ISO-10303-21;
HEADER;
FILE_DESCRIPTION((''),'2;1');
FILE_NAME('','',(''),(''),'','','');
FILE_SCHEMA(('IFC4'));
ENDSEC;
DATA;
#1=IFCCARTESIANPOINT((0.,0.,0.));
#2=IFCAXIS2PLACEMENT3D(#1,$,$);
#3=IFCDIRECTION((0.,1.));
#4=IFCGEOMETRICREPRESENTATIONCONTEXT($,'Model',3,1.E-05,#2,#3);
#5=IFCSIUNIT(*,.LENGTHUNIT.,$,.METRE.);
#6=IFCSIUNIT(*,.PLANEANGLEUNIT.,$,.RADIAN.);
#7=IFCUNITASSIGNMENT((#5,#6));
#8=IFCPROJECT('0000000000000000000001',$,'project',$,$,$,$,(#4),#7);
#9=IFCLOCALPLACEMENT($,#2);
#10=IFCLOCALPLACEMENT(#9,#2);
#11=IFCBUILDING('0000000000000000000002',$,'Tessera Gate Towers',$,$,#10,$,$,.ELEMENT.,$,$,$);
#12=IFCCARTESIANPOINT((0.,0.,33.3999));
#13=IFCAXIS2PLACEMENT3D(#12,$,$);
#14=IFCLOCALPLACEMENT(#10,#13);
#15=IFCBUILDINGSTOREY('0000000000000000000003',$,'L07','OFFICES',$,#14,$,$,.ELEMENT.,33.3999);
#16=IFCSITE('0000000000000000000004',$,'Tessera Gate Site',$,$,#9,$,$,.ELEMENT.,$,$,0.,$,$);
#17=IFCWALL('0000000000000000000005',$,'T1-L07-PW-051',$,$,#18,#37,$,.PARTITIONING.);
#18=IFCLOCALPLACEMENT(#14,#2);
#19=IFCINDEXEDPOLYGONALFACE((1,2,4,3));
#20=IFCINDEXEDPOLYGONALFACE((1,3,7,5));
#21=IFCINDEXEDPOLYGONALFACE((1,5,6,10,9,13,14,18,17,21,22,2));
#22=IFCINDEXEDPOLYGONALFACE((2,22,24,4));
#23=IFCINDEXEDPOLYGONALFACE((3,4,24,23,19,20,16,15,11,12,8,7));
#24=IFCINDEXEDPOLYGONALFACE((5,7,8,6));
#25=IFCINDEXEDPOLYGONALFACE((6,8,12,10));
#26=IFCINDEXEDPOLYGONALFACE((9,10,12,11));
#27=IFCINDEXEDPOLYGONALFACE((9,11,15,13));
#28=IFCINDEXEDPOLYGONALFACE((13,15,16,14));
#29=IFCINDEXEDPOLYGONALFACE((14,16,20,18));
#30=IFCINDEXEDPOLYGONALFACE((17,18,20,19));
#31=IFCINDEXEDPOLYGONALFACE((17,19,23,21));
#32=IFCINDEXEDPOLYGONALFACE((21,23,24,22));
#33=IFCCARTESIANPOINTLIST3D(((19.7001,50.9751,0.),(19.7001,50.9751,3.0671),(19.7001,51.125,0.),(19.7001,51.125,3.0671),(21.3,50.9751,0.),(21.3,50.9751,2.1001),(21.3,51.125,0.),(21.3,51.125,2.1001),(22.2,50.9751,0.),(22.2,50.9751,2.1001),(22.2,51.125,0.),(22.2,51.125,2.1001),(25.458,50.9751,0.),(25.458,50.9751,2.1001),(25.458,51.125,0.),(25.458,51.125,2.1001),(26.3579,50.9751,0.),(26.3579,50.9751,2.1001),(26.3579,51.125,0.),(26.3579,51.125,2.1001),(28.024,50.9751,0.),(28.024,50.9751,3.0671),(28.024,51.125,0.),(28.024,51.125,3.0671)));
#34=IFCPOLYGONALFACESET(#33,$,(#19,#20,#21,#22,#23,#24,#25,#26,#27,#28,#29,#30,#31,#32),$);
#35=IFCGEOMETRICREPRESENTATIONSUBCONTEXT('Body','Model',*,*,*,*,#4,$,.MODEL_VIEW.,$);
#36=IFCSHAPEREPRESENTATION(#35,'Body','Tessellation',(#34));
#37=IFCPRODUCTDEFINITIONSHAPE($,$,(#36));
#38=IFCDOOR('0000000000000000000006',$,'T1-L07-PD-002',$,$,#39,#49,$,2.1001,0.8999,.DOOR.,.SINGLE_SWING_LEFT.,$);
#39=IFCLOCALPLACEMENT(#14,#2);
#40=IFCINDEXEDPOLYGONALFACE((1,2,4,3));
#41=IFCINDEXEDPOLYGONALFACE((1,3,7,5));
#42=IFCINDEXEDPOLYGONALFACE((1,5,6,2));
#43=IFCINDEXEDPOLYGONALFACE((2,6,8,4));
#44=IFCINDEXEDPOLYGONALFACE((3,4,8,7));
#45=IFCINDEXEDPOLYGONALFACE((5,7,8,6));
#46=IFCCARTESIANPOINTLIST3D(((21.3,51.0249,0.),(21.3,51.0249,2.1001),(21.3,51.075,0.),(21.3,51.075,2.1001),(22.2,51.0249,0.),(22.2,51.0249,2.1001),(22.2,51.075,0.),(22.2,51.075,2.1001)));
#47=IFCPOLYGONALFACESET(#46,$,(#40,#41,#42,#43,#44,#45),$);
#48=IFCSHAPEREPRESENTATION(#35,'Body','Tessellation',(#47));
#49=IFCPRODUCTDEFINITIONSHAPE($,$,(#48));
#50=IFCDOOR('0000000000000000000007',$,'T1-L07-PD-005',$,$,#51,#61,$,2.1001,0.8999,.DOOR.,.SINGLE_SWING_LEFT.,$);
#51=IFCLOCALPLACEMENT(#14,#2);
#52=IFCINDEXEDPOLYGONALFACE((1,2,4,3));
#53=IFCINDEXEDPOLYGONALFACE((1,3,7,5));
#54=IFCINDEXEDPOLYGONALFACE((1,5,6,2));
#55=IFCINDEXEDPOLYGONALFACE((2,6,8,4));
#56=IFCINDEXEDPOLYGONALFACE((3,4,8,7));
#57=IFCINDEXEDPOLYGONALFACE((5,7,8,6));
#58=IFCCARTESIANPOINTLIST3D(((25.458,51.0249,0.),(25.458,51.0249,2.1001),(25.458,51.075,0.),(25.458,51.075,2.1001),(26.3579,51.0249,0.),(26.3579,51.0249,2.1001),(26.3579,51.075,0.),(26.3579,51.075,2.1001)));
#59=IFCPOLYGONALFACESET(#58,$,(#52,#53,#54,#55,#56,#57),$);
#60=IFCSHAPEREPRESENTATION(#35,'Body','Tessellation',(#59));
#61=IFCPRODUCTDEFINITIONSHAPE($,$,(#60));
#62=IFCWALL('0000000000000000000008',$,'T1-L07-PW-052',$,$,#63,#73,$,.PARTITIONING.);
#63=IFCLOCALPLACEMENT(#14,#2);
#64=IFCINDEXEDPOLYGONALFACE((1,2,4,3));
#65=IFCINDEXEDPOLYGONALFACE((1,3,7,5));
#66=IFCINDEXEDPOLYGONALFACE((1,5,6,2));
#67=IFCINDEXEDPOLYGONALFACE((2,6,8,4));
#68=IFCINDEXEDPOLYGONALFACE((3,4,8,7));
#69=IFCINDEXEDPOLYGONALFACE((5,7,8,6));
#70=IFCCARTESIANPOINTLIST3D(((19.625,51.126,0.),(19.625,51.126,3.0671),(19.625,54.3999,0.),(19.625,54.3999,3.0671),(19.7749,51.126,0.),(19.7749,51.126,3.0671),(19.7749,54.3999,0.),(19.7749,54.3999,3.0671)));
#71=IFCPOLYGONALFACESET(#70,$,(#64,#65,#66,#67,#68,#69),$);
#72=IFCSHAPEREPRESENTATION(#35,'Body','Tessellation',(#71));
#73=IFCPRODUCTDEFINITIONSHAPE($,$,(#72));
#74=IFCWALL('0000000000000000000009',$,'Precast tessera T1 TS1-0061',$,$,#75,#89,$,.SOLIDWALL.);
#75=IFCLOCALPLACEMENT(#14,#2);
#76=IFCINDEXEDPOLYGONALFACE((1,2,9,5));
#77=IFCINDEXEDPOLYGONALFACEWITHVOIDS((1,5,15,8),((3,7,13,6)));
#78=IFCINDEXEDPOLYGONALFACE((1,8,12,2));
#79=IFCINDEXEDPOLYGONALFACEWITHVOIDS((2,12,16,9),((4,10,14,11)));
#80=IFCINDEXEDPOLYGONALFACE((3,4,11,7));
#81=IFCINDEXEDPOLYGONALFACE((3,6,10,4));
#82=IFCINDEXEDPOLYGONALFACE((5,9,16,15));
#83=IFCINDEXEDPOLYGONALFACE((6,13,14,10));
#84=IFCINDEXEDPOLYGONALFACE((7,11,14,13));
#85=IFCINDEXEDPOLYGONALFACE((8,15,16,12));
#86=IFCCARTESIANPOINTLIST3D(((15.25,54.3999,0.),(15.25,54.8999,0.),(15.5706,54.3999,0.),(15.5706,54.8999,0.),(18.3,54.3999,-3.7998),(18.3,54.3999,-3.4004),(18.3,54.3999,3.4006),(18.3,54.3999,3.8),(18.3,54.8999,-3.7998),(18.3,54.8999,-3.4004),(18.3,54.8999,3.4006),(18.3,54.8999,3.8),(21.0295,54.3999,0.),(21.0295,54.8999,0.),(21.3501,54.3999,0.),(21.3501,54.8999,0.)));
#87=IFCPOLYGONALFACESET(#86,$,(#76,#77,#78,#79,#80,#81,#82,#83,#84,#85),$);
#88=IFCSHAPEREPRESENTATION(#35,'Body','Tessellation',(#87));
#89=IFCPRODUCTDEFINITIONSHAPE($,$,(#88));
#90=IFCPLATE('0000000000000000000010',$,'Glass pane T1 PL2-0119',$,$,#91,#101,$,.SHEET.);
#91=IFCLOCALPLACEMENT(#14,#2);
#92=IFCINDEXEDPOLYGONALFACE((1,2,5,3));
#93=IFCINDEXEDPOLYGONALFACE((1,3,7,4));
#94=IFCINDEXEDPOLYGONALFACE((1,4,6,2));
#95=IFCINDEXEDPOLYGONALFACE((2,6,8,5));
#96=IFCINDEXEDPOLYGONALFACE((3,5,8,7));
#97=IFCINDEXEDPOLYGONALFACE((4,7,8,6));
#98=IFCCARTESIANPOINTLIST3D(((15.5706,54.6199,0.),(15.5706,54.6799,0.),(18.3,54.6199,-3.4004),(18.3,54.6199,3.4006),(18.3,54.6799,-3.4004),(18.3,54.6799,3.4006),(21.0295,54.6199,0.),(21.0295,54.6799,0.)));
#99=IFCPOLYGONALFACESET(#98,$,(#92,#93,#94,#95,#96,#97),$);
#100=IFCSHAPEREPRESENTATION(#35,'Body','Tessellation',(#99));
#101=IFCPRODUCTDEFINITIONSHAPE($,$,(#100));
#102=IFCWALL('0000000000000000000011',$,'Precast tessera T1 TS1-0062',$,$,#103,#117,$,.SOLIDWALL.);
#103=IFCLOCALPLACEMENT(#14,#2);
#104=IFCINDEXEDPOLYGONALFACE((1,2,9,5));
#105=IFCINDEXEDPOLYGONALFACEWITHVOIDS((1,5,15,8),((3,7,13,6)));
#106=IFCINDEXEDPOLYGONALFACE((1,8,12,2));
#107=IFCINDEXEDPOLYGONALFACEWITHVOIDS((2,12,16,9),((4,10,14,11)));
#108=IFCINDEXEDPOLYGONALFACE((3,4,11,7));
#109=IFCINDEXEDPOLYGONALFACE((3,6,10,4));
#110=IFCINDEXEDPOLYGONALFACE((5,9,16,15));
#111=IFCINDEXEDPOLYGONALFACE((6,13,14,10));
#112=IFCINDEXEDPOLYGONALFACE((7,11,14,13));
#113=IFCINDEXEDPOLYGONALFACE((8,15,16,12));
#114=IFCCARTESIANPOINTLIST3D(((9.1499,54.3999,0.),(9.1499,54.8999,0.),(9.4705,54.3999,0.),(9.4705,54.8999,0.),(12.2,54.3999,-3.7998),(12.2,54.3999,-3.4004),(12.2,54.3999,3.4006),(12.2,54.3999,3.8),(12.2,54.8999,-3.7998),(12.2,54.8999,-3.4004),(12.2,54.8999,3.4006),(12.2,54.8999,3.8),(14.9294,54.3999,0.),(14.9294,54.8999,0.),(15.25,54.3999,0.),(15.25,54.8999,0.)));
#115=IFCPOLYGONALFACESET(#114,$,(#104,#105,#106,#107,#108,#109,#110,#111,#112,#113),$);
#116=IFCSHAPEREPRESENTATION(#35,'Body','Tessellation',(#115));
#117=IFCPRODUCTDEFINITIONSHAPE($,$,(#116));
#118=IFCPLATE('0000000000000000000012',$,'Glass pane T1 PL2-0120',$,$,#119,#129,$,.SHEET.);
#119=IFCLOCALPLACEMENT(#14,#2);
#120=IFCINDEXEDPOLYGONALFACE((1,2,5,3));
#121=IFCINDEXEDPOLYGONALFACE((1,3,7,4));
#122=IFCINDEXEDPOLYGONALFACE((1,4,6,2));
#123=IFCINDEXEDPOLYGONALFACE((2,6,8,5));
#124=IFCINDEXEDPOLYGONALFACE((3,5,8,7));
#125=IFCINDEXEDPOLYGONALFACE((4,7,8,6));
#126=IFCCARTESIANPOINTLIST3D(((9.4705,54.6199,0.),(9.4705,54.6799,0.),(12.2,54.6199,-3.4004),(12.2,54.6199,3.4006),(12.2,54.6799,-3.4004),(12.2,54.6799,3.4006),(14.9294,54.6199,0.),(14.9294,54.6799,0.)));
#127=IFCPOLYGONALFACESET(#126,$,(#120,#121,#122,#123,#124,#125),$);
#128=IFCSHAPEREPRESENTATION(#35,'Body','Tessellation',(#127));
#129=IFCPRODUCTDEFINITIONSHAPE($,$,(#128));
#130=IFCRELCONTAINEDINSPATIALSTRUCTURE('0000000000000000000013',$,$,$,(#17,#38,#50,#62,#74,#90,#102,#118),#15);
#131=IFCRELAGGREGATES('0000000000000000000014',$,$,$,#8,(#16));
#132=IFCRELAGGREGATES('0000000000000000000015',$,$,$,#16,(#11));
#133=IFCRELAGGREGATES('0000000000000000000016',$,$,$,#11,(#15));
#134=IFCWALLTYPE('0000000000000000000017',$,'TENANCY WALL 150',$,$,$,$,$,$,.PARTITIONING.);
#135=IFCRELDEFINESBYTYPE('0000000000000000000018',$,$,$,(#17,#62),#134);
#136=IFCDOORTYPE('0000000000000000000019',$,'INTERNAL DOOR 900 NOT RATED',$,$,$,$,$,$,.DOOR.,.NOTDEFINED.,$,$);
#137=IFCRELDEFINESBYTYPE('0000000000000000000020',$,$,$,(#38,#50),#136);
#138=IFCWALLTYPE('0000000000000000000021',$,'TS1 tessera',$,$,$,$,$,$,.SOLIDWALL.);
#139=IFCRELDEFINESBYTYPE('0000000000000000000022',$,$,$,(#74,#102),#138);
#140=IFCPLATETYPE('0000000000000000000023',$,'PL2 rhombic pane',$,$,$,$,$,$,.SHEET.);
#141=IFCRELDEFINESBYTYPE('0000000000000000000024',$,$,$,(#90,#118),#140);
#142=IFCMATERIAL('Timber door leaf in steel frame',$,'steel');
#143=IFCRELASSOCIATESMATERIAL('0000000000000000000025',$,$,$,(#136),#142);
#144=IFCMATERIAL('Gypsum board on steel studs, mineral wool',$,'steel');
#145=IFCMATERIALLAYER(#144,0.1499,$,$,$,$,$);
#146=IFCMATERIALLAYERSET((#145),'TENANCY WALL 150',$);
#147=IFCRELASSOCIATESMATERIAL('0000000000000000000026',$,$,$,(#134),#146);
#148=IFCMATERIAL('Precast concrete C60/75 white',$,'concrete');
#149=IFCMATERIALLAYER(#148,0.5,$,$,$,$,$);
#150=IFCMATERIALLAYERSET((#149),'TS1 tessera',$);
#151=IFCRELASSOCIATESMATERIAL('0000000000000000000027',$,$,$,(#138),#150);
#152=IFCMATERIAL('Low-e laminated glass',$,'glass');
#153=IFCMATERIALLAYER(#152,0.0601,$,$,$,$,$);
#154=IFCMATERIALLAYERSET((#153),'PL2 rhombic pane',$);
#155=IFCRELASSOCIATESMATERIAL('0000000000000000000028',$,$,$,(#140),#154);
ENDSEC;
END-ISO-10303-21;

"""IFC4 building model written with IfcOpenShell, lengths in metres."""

from ifc_helpers import new_model, si_unit, direction, frame, frame_2d, origin, place, context, subcontext, project, spatial, polyline, rectangle, outline, extrude, source, transform, mapped, material, layer, layer_set, type_object, element, fill, save


model = new_model("IFC4")

# Units and contexts
model_context = context("Model", 3, precision=1e-05, world=origin(), true_north=direction((0.0, 1.0)))
body_context = subcontext(model_context, "Body", "Model", "MODEL_VIEW")
ifc_project = project(units=[si_unit("LENGTHUNIT", "METRE"), si_unit("PLANEANGLEUNIT", "RADIAN")], contexts=[model_context])

# Site, building, storey
site_placement = place(None, origin())
site = spatial("IfcSite", under=ifc_project, at=site_placement, Name="Tessera Gate Site", CompositionType="ELEMENT", RefElevation=0.0)
building_placement = place(site_placement, origin())
building = spatial("IfcBuilding", under=site, at=building_placement, Name="Tessera Gate Towers", CompositionType="ELEMENT")
storey_placement = place(building_placement, frame((0.0, 0.0, 33.3999)))
storey = spatial("IfcBuildingStorey", under=building, at=storey_placement, Name="L07", Description="OFFICES", CompositionType="ELEMENT", Elevation=33.3999)

# Shared definitions
ifc_material_1 = material(Name="Timber door leaf in steel frame", Category="steel")
door_type = type_object("IfcDoorType", Name="INTERNAL DOOR 900 NOT RATED", OperationType="NOTDEFINED", PredefinedType="DOOR", material=ifc_material_1)
shared_shape_1 = source(origin(), body_context, "Body", "SweptSolid", [
    extrude(rectangle(XDim=0.8999, YDim=2.1001, at=frame_2d((0.45, 1.05))), frame((0.0, 0.0249, 0.0), z_axis=(0.0, -1.0, 0.0), x_axis=(1.0, 0.0, 0.0)), (0.0, 0.0, 1.0), 0.05),
])

# Shared definitions
ifc_material_2 = material(Name="Gypsum board on steel studs, mineral wool", Category="steel")
ifc_layer_1 = layer(ifc_material_2, 0.1499)
ifc_layer_set_1 = layer_set([ifc_layer_1], Name="TENANCY WALL 150")
wall_type_1 = type_object("IfcWallType", Name="TENANCY WALL 150", PredefinedType="PARTITIONING", material=ifc_layer_set_1)

# Wall, openings, doors
wall_1_placement = place(storey_placement, frame((19.7, 51.05, 0.0), z_axis=(0.0, 0.0, 1.0), x_axis=(1.0, 0.0, 0.0)))
wall_1 = element("IfcWall", 1, at=wall_1_placement, inside=storey, type_object=wall_type_1, Name="T1-L07-PW-051", PredefinedType="PARTITIONING", context=body_context, shape_type="SweptSolid", body=[
    extrude(rectangle(XDim=8.324, YDim=0.1499, at=frame_2d((4.1621, 0.0))), origin(), (0.0, 0.0, 1.0), 3.0671),
])
shared_shape_2 = source(origin(), body_context, "Body", "SweptSolid", [
    extrude(rectangle(XDim=0.8999, YDim=2.1001, at=frame_2d((0.45, 1.05))), frame((0.0, 0.085, 0.0), z_axis=(0.0, -1.0, 0.0), x_axis=(1.0, 0.0, 0.0)), (0.0, 0.0, 1.0), 0.1699),
])
opening_1_placement = place(wall_1_placement, frame((1.6001, 0.0, 0.0)))
opening_1 = element("IfcOpeningElement", 2, at=opening_1_placement, cuts=wall_1, PredefinedType="OPENING", context=body_context, shape_type="MappedRepresentation", body=[
    mapped(shared_shape_2, transform((0.0, 0.0, 0.0), scale=1.0)),
])
opening_2_placement = place(wall_1_placement, frame((5.7581, 0.0, 0.0)))
opening_2 = element("IfcOpeningElement", 3, at=opening_2_placement, cuts=wall_1, PredefinedType="OPENING", context=body_context, shape_type="MappedRepresentation", body=[
    mapped(shared_shape_2, transform((0.0, 0.0, 0.0), scale=1.0)),
])
door_1_placement = place(opening_1_placement, origin())
door_1 = element("IfcDoor", 4, at=door_1_placement, inside=storey, type_object=door_type, Name="T1-L07-PD-002", OperationType="SINGLE_SWING_LEFT", OverallHeight=2.1001, OverallWidth=0.8999, PredefinedType="DOOR", context=body_context, shape_type="MappedRepresentation", body=[
    mapped(shared_shape_1, transform((0.0, 0.0, 0.0), scale=1.0)),
])
fill(opening_1, door_1)
door_2_placement = place(opening_2_placement, origin())
door_2 = element("IfcDoor", 5, at=door_2_placement, inside=storey, type_object=door_type, Name="T1-L07-PD-005", OperationType="SINGLE_SWING_LEFT", OverallHeight=2.1001, OverallWidth=0.8999, PredefinedType="DOOR", context=body_context, shape_type="MappedRepresentation", body=[
    mapped(shared_shape_1, transform((0.0, 0.0, 0.0), scale=1.0)),
])
fill(opening_2, door_2)

# Wall
wall_2_placement = place(storey_placement, frame((19.7, 51.126, 0.0), z_axis=(0.0, 0.0, 1.0), x_axis=(0.0, 1.0, 0.0)))
element("IfcWall", 6, at=wall_2_placement, inside=storey, type_object=wall_type_1, Name="T1-L07-PW-052", PredefinedType="PARTITIONING", context=body_context, shape_type="SweptSolid", body=[
    extrude(rectangle(XDim=3.2739, YDim=0.1499, at=frame_2d((1.637, 0.0))), origin(), (0.0, 0.0, 1.0), 3.0671),
])

# Walls, openings, plates
ifc_material_3 = material(Name="Precast concrete C60/75 white", Category="concrete")
ifc_layer_2 = layer(ifc_material_3, 0.5)
ifc_layer_set_2 = layer_set([ifc_layer_2], Name="TS1 tessera")
wall_type_2 = type_object("IfcWallType", Name="TS1 tessera", PredefinedType="SOLIDWALL", material=ifc_layer_set_2)
shared_shape_3 = source(origin(), body_context, "Body", "SweptSolid", [
    extrude(outline(polyline([(3.05, 0.0), (6.1001, 3.7998), (3.05, 7.5999), (0.0, 3.7998), (3.05, 0.0)])), frame((0.0, 0.25, 0.0), z_axis=(0.0, -1.0, 0.0), x_axis=(1.0, 0.0, 0.0)), (0.0, 0.0, 1.0), 0.5),
])
wall_3_placement = place(storey_placement, frame((21.3501, 54.6499, -3.7998), z_axis=(0.0, 0.0, 1.0), x_axis=(-1.0, 0.0, 0.0)))
wall_3 = element("IfcWall", 7, at=wall_3_placement, inside=storey, type_object=wall_type_2, Name="Precast tessera T1 TS1-0061", PredefinedType="SOLIDWALL", context=body_context, shape_type="MappedRepresentation", body=[
    mapped(shared_shape_3, transform((0.0, 0.0, 0.0), scale=1.0)),
])
shared_shape_4 = source(origin(), body_context, "Body", "SweptSolid", [
    extrude(outline(polyline([(3.05, 0.3994), (5.7795, 3.7998), (3.05, 7.2004), (0.3206, 3.7998), (3.05, 0.3994)])), frame((0.0, 0.26, 0.0), z_axis=(0.0, -1.0, 0.0), x_axis=(1.0, 0.0, 0.0)), (0.0, 0.0, 1.0), 0.52),
])
opening_3_placement = place(wall_3_placement, origin())
opening_3 = element("IfcOpeningElement", 8, at=opening_3_placement, cuts=wall_3, PredefinedType="OPENING", context=body_context, shape_type="MappedRepresentation", body=[
    mapped(shared_shape_4, transform((0.0, 0.0, 0.0), scale=1.0)),
])
ifc_material_4 = material(Name="Low-e laminated glass", Category="glass")
ifc_layer_3 = layer(ifc_material_4, 0.0601)
ifc_layer_set_3 = layer_set([ifc_layer_3], Name="PL2 rhombic pane")
plate_type = type_object("IfcPlateType", Name="PL2 rhombic pane", PredefinedType="SHEET", material=ifc_layer_set_3)
shared_shape_5 = source(origin(), body_context, "Body", "SweptSolid", [
    extrude(outline(polyline([(3.05, 0.3994), (5.7795, 3.7998), (3.05, 7.2004), (0.3206, 3.7998), (3.05, 0.3994)])), frame((0.0, 0.03, 0.0), z_axis=(0.0, -1.0, 0.0), x_axis=(1.0, 0.0, 0.0)), (0.0, 0.0, 1.0), 0.0601),
])
plate_1_placement = place(opening_3_placement, origin())
plate_1 = element("IfcPlate", 9, at=plate_1_placement, inside=storey, type_object=plate_type, Name="Glass pane T1 PL2-0119", PredefinedType="SHEET", context=body_context, shape_type="MappedRepresentation", body=[
    mapped(shared_shape_5, transform((0.0, 0.0, 0.0), scale=1.0)),
])
fill(opening_3, plate_1)
wall_4_placement = place(storey_placement, frame((15.25, 54.6499, -3.7998), z_axis=(0.0, 0.0, 1.0), x_axis=(-1.0, 0.0, 0.0)))
wall_4 = element("IfcWall", 10, at=wall_4_placement, inside=storey, type_object=wall_type_2, Name="Precast tessera T1 TS1-0062", PredefinedType="SOLIDWALL", context=body_context, shape_type="MappedRepresentation", body=[
    mapped(shared_shape_3, transform((0.0, 0.0, 0.0), scale=1.0)),
])
opening_4_placement = place(wall_4_placement, origin())
opening_4 = element("IfcOpeningElement", 11, at=opening_4_placement, cuts=wall_4, PredefinedType="OPENING", context=body_context, shape_type="MappedRepresentation", body=[
    mapped(shared_shape_4, transform((0.0, 0.0, 0.0), scale=1.0)),
])
plate_2_placement = place(opening_4_placement, origin())
plate_2 = element("IfcPlate", 12, at=plate_2_placement, inside=storey, type_object=plate_type, Name="Glass pane T1 PL2-0120", PredefinedType="SHEET", context=body_context, shape_type="MappedRepresentation", body=[
    mapped(shared_shape_5, transform((0.0, 0.0, 0.0), scale=1.0)),
])
fill(opening_4, plate_2)

save(model, "model.ifc")
